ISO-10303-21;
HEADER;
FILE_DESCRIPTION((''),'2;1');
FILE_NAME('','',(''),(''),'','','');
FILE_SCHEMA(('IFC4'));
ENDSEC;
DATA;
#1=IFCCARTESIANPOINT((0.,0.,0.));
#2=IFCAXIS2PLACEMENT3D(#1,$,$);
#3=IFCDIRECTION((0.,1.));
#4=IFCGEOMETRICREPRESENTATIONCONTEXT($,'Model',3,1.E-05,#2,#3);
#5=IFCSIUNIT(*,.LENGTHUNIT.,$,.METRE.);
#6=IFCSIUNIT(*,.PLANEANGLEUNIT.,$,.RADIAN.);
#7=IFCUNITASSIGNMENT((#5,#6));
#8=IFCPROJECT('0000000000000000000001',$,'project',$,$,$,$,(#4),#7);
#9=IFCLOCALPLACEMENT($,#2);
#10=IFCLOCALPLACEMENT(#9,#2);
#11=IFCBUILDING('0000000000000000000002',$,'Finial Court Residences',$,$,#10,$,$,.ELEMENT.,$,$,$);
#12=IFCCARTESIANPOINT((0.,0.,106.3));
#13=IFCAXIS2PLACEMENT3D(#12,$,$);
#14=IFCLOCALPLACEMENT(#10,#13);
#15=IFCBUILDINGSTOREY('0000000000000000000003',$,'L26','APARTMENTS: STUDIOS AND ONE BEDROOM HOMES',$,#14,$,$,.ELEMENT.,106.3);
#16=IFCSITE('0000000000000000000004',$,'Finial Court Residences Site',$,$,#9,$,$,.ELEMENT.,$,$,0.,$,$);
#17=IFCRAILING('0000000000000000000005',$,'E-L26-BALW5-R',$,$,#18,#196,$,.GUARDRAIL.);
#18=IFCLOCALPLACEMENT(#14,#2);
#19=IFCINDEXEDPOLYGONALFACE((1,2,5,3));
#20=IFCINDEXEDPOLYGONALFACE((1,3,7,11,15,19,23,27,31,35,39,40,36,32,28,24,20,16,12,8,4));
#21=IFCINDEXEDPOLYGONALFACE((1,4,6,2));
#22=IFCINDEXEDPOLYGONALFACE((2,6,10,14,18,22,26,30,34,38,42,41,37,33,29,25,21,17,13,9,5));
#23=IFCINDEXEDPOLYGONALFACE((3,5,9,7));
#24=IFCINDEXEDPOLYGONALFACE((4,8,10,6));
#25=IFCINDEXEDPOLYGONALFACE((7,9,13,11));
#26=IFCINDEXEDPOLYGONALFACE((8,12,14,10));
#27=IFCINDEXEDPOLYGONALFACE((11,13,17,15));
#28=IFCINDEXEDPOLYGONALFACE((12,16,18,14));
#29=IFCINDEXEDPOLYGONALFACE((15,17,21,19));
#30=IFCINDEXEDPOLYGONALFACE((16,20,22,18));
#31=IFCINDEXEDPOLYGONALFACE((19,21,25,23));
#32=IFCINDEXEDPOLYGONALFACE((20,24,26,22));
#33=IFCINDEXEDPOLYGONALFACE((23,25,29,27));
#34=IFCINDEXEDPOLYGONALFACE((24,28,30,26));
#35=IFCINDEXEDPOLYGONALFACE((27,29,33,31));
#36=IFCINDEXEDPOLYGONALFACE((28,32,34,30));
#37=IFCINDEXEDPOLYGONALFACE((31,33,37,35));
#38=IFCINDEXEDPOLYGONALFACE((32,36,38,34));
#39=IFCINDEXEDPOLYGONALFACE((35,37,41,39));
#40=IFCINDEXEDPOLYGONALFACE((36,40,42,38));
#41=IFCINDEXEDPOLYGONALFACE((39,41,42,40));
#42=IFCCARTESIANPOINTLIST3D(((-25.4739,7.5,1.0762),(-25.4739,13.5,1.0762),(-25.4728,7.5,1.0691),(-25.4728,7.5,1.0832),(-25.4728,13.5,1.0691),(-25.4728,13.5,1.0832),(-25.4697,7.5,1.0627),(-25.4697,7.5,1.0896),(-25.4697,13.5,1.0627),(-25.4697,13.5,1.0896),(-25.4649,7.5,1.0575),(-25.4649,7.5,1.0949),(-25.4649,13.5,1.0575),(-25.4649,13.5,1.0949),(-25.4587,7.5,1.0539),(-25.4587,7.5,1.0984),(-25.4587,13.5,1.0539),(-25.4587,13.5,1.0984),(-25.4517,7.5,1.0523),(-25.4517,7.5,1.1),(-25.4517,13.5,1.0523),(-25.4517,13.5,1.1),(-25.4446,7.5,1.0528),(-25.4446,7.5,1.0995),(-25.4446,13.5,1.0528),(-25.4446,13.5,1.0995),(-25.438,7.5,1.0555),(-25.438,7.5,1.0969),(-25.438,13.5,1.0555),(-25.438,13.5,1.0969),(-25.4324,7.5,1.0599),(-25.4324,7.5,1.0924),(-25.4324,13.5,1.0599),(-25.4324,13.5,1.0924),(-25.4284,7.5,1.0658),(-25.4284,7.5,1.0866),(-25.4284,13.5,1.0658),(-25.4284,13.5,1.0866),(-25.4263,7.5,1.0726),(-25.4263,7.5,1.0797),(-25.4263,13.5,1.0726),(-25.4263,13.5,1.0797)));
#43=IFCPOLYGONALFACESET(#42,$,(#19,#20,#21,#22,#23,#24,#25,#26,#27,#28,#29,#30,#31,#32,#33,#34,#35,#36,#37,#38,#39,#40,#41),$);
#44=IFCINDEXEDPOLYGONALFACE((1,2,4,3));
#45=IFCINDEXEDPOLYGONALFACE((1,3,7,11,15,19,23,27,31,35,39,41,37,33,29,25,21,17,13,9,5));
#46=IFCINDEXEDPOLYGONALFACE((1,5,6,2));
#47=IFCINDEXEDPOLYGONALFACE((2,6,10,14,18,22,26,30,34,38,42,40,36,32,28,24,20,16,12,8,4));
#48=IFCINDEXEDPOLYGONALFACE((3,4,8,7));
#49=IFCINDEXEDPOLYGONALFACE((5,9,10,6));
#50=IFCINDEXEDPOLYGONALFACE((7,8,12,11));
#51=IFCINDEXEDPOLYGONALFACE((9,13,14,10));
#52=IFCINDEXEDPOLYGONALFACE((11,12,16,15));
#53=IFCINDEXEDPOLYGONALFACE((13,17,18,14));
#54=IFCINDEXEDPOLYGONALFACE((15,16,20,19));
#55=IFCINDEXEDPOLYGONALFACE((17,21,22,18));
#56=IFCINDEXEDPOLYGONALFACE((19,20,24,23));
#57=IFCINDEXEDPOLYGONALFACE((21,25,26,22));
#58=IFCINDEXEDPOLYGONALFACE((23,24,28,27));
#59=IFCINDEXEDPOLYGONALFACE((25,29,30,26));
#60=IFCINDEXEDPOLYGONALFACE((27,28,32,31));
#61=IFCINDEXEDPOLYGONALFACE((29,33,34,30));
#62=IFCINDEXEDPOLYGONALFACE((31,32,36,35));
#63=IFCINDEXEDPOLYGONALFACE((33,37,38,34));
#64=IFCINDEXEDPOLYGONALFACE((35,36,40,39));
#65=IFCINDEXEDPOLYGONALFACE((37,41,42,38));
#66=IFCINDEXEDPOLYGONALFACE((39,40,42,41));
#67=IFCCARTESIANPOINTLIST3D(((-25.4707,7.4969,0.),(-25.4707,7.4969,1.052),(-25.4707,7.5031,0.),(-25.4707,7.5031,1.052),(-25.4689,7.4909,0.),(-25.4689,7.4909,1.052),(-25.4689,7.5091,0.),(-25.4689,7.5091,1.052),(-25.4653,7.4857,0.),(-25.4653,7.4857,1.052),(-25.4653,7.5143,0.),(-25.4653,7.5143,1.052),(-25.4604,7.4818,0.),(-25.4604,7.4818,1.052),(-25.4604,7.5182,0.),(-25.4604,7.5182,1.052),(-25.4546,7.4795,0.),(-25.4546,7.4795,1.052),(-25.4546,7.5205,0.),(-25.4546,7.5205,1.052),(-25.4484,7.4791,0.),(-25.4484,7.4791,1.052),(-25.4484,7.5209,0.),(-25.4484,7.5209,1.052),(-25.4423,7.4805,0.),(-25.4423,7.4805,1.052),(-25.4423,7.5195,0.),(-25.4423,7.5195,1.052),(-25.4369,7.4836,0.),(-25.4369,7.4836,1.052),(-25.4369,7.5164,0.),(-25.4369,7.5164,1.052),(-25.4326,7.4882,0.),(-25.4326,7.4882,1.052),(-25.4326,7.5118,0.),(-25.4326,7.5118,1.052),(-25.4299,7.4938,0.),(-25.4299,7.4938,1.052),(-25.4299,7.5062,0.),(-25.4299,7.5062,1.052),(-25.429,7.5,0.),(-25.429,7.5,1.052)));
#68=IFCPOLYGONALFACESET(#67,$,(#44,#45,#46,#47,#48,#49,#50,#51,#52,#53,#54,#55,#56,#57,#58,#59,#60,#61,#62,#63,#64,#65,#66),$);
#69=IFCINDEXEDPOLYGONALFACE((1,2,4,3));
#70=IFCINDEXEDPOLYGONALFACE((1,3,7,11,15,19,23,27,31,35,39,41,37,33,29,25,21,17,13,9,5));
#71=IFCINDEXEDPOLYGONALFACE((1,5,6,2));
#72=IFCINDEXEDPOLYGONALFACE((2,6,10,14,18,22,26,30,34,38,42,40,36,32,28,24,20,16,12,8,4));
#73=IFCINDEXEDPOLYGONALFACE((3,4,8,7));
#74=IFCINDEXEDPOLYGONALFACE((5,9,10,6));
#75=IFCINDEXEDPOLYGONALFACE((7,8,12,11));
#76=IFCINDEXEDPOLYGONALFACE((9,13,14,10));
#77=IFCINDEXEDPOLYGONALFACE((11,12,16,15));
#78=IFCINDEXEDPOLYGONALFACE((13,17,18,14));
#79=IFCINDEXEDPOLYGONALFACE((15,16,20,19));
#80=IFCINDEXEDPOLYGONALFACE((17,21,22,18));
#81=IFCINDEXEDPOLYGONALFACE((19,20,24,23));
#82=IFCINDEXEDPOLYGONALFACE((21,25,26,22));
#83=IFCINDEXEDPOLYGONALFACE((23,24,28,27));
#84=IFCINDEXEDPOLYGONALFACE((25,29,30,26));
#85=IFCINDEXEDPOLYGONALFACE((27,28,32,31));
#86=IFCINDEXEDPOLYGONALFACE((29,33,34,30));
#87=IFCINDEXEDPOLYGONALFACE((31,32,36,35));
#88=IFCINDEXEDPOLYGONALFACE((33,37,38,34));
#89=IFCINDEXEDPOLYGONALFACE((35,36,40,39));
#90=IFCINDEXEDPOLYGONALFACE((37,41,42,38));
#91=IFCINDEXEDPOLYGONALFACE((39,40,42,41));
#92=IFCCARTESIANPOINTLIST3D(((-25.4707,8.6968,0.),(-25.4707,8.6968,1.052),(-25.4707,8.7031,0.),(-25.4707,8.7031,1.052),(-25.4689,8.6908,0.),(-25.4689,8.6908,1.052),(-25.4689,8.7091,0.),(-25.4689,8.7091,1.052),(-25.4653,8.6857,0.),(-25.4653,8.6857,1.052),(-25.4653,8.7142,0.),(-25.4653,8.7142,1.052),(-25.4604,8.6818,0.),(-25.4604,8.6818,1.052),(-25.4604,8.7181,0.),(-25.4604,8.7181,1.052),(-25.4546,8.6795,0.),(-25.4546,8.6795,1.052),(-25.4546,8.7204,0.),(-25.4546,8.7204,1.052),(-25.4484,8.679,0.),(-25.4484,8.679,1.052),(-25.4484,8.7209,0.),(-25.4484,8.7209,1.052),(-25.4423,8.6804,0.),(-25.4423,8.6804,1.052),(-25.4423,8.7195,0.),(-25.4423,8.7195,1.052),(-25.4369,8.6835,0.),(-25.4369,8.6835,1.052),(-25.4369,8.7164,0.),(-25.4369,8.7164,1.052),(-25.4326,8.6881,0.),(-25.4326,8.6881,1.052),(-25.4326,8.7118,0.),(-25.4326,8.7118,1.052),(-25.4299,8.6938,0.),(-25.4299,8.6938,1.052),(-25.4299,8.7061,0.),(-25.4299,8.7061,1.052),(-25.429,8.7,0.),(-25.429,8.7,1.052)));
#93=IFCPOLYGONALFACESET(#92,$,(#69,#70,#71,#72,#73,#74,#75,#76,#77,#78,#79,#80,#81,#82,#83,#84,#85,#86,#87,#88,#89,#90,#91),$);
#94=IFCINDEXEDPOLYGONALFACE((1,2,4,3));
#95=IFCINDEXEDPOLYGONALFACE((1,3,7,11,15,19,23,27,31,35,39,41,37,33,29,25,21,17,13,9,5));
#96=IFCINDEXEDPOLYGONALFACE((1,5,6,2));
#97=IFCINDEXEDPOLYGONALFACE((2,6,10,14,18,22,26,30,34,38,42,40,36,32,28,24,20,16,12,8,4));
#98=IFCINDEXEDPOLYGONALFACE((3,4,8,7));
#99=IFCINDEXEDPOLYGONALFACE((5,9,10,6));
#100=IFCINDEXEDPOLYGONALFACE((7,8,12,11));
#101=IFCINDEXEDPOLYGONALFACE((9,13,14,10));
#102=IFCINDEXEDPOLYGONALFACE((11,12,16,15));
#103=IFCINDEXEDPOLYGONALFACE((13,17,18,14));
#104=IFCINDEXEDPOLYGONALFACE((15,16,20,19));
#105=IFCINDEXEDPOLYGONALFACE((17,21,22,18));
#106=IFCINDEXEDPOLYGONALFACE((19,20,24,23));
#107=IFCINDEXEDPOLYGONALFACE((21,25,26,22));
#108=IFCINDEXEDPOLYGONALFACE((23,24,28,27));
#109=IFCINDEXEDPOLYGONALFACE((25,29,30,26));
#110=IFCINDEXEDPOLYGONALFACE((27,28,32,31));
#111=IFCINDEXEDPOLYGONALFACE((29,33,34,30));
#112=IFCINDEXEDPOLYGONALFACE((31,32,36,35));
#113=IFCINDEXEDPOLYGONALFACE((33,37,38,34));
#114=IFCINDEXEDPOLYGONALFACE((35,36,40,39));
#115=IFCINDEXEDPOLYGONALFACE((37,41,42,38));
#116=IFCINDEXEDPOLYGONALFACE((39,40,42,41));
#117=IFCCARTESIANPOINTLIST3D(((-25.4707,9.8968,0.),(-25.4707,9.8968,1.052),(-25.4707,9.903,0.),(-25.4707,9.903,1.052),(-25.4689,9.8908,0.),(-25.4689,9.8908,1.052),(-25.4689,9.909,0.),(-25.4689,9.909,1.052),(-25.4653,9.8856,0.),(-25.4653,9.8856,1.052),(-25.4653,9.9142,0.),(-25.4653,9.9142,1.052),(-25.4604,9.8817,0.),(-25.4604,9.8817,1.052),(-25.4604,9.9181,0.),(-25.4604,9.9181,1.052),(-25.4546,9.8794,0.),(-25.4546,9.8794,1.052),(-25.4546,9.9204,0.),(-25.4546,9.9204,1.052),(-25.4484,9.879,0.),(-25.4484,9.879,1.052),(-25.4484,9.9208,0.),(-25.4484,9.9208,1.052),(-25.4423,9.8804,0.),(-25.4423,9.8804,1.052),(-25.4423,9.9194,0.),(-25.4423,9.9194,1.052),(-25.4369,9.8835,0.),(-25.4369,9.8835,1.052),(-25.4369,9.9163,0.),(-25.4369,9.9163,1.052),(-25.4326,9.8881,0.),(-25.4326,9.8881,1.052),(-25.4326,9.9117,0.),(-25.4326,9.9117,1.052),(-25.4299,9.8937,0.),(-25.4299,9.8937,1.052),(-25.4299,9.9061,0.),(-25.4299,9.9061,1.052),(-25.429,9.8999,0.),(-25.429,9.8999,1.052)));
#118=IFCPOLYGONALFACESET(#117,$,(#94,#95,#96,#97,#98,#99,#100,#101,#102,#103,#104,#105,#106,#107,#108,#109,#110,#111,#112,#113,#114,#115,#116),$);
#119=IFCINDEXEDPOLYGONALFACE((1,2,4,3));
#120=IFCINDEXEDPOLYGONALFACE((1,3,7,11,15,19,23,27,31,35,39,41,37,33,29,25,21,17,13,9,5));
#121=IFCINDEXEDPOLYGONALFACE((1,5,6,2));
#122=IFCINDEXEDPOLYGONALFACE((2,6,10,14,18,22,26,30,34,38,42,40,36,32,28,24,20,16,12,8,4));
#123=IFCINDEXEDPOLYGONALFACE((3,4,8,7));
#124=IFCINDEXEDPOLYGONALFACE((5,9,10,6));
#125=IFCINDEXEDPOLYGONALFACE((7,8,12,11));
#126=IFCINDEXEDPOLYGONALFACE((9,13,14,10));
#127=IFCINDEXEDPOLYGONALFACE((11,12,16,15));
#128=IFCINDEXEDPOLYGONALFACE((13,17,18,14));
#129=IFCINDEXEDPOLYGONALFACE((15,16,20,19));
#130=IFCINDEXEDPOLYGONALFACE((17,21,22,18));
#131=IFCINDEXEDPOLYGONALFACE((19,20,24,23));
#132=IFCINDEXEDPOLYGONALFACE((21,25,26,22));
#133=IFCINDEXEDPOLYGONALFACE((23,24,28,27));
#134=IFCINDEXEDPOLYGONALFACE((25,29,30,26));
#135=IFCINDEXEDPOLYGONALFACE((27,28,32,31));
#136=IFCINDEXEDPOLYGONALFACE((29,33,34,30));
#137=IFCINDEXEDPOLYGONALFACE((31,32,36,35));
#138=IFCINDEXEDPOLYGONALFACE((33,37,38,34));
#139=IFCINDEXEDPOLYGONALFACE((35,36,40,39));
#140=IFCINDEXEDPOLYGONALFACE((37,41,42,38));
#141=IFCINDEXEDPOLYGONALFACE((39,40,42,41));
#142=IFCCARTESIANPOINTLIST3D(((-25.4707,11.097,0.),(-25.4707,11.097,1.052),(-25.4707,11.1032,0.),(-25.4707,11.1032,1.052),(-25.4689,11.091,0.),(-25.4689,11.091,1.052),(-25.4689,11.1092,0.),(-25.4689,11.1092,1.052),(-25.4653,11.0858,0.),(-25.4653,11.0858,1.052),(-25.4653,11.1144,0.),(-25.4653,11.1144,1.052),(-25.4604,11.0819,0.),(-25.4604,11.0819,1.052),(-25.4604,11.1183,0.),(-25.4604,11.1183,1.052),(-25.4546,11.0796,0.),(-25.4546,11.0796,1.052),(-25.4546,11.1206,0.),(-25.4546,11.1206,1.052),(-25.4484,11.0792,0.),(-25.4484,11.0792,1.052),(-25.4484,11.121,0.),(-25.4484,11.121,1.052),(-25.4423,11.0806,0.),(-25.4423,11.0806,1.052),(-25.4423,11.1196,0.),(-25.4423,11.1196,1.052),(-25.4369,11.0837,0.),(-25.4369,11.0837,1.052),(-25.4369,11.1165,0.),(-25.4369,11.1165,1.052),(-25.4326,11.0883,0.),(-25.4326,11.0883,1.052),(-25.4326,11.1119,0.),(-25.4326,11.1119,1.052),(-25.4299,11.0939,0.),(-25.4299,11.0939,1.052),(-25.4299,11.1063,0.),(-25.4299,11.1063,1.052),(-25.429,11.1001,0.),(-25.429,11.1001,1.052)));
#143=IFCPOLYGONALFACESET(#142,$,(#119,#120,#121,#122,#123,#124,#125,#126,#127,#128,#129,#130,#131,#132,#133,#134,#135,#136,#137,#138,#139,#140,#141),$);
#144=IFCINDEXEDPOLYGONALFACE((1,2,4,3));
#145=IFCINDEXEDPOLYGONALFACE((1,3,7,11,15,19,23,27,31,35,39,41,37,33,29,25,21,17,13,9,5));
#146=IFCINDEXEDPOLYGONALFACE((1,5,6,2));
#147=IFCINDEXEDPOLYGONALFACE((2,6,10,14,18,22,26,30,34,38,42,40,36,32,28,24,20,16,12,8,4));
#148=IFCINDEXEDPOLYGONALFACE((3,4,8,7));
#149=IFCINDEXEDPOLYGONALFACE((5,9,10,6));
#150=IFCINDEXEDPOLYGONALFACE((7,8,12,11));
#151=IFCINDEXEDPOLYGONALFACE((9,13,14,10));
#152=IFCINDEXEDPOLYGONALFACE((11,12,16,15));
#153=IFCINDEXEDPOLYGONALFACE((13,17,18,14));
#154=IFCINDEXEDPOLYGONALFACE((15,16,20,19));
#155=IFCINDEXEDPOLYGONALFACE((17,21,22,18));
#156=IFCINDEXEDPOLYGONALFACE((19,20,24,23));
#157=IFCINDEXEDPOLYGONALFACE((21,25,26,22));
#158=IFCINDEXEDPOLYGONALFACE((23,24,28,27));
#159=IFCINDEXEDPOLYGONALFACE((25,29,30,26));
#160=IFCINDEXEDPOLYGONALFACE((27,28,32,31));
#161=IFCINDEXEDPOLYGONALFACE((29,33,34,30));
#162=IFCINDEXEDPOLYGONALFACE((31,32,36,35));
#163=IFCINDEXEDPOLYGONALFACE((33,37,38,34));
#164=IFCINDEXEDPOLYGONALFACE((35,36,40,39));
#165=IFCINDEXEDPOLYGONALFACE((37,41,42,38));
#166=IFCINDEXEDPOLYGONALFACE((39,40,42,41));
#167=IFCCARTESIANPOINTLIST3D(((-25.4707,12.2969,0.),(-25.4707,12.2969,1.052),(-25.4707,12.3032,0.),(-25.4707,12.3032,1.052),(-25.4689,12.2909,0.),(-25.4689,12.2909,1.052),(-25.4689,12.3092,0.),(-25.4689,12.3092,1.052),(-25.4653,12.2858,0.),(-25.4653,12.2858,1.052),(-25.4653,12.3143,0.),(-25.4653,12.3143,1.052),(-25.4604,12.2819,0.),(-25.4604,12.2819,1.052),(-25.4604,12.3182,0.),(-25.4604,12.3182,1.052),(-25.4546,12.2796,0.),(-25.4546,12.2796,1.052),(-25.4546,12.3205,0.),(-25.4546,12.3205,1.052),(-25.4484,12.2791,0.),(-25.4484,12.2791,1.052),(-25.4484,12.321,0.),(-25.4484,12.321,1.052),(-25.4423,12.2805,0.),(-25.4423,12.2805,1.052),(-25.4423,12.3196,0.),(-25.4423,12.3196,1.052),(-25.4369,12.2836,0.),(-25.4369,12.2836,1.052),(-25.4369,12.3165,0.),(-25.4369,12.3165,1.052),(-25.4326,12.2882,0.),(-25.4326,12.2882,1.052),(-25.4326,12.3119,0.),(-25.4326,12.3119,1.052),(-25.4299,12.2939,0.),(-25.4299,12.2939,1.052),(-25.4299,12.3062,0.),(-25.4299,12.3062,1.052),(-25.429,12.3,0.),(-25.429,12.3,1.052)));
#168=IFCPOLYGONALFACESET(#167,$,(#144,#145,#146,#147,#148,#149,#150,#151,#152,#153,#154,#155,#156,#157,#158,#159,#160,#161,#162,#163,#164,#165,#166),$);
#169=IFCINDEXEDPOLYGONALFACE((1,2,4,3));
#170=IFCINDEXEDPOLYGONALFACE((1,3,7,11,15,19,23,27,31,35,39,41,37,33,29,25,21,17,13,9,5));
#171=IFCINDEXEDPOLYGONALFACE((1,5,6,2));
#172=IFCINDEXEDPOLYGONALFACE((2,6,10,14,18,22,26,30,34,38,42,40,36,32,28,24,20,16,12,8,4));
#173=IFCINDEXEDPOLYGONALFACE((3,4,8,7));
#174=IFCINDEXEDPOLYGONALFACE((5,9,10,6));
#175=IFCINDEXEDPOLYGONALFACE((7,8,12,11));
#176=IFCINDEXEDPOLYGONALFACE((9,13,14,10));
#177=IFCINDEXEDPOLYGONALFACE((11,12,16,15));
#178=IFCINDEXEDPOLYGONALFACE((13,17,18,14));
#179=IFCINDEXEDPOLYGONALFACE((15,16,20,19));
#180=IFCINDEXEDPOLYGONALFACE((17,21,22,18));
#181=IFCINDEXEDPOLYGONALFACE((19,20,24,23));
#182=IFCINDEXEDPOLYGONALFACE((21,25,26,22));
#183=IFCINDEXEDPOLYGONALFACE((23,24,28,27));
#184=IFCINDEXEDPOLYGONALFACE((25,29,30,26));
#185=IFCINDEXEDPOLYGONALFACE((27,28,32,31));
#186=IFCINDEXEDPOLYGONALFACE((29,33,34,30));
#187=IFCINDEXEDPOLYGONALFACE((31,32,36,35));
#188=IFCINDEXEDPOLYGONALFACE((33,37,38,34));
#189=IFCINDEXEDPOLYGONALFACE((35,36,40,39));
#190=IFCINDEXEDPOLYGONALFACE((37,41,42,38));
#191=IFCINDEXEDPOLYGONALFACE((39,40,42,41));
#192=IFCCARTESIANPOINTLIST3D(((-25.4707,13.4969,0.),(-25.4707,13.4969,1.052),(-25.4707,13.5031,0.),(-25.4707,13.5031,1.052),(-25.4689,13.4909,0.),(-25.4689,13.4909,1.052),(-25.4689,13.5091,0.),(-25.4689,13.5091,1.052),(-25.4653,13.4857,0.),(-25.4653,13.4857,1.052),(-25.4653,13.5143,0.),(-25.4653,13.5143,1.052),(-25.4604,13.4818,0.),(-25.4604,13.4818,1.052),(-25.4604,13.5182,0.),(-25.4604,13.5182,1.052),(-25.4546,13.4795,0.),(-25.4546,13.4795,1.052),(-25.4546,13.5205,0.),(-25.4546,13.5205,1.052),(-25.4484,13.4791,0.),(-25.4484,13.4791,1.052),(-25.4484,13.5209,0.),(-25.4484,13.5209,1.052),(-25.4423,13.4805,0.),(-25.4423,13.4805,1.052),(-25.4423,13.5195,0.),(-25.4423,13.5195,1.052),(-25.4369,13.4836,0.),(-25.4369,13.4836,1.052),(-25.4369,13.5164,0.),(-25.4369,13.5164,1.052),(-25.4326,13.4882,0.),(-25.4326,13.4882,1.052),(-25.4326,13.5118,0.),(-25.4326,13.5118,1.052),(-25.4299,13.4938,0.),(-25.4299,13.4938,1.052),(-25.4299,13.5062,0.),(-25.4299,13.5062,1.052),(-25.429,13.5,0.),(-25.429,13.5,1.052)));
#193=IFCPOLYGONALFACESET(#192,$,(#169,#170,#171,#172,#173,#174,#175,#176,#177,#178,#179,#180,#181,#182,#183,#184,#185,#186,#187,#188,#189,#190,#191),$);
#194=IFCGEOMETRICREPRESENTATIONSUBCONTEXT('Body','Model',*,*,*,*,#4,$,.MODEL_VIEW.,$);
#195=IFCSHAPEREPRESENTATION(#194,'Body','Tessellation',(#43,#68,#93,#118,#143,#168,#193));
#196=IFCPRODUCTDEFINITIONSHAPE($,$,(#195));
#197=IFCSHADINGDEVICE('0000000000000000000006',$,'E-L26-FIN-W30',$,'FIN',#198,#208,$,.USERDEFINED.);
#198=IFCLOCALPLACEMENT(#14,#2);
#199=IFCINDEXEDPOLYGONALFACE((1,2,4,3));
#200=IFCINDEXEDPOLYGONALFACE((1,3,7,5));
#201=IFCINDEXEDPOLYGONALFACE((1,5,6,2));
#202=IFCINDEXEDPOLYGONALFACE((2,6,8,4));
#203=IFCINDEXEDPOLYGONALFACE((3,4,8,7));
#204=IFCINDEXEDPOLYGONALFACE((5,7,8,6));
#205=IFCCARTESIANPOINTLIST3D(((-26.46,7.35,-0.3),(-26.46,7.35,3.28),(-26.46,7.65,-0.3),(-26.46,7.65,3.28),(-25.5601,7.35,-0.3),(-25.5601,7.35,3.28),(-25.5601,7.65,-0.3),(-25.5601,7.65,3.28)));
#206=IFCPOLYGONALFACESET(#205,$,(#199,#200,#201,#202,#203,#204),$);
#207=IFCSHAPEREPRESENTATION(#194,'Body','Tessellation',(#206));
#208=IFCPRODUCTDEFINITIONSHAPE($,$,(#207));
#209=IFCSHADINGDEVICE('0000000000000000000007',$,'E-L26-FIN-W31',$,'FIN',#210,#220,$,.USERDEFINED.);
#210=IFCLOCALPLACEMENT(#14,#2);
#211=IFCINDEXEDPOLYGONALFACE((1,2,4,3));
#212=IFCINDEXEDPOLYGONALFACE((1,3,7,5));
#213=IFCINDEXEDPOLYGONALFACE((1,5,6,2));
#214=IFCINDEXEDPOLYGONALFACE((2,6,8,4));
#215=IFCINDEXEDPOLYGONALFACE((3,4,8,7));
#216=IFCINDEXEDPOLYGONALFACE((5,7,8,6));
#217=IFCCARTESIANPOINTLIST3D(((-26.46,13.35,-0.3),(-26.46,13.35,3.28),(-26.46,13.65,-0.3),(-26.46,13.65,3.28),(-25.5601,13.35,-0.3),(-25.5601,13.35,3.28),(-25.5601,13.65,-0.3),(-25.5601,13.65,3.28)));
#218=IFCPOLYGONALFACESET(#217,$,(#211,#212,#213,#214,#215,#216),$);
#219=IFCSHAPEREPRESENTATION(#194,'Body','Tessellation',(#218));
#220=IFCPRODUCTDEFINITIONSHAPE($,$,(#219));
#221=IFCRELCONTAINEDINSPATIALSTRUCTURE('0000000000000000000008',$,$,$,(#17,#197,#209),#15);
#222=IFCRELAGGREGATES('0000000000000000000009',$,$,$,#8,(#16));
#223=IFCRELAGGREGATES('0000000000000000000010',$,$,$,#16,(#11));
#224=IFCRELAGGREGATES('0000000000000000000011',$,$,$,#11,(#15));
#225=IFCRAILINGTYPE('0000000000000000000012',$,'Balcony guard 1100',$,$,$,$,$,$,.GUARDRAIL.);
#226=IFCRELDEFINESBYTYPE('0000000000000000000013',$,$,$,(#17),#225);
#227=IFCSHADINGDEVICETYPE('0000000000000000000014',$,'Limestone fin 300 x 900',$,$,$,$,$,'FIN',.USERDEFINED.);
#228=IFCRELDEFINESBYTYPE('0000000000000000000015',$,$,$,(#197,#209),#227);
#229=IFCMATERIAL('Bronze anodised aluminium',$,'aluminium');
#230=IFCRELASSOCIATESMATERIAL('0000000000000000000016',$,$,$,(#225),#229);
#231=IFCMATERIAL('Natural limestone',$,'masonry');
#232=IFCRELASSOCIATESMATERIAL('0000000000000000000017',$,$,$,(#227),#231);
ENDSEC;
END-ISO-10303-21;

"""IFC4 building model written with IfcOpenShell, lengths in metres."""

from ifc_helpers import new_model, si_unit, direction, frame, origin, origin_2d, place, context, subcontext, project, spatial, rectangle, circle, extrude, material, type_object, element, save


model = new_model("IFC4")

# Units and contexts
model_context = context("Model", 3, precision=1e-05, world=origin(), true_north=direction((0.0, 1.0)))
body_context = subcontext(model_context, "Body", "Model", "MODEL_VIEW")
ifc_project = project(units=[si_unit("LENGTHUNIT", "METRE"), si_unit("PLANEANGLEUNIT", "RADIAN")], contexts=[model_context])

# Site, building, storey
site_placement = place(None, origin())
site = spatial("IfcSite", under=ifc_project, at=site_placement, Name="Finial Court Residences Site", CompositionType="ELEMENT", RefElevation=0.0)
building_placement = place(site_placement, origin())
building = spatial("IfcBuilding", under=site, at=building_placement, Name="Finial Court Residences", CompositionType="ELEMENT")
storey_placement = place(building_placement, frame((0.0, 0.0, 106.3)))
storey = spatial("IfcBuildingStorey", under=building, at=storey_placement, Name="L26", Description="APARTMENTS: STUDIOS AND ONE BEDROOM HOMES", CompositionType="ELEMENT", Elevation=106.3)

# Shared definitions
ifc_material_1 = material(Name="Bronze anodised aluminium", Category="aluminium")

# Shared definitions
ifc_material_2 = material(Name="Natural limestone", Category="masonry")

# Railing
railing_type = type_object("IfcRailingType", Name="Balcony guard 1100", PredefinedType="GUARDRAIL", material=ifc_material_1)
railing_placement = place(storey_placement, frame((-25.45, 7.5, 0.0)))
element("IfcRailing", 1, at=railing_placement, inside=storey, type_object=railing_type, Name="E-L26-BALW5-R", PredefinedType="GUARDRAIL", context=body_context, shape_type="SweptSolid", body=[
    extrude(circle(Radius=0.0239, at=origin_2d()), frame((0.0, 0.0, 1.0762), z_axis=(0.0, 1.0, 0.0), x_axis=(-1.0, 0.0, 0.0)), (0.0, 0.0, 1.0), 6.0),
    extrude(circle(Radius=0.021, at=origin_2d()), origin(), (0.0, 0.0, 1.0), 1.052),
    extrude(circle(Radius=0.021, at=origin_2d()), frame((0.0, 1.2, 0.0)), (0.0, 0.0, 1.0), 1.052),
    extrude(circle(Radius=0.021, at=origin_2d()), frame((0.0, 2.3999, 0.0)), (0.0, 0.0, 1.0), 1.052),
    extrude(circle(Radius=0.021, at=origin_2d()), frame((0.0, 3.6001, 0.0)), (0.0, 0.0, 1.0), 1.052),
    extrude(circle(Radius=0.021, at=origin_2d()), frame((0.0, 4.8, 0.0)), (0.0, 0.0, 1.0), 1.052),
    extrude(circle(Radius=0.021, at=origin_2d()), frame((0.0, 6.0, 0.0)), (0.0, 0.0, 1.0), 1.052),
])

# Shading devices
shading_device_type = type_object("IfcShadingDeviceType", Name="Limestone fin 300 x 900", ElementType="FIN", PredefinedType="USERDEFINED", material=ifc_material_2)
for number, where, z_axis, x_axis, name in (
    (2, (-26.01, 7.5, -0.3), (0.0, 0.0, 1.0), (1.0, 0.0, 0.0), "E-L26-FIN-W30"),
    (3, (-26.01, 13.5, -0.3), (0.0, 0.0, 1.0), (1.0, 0.0, 0.0), "E-L26-FIN-W31"),
):
    element("IfcShadingDevice", number, at=place(storey_placement, frame(where, z_axis=z_axis, x_axis=x_axis)), inside=storey, type_object=shading_device_type, Name=name, ObjectType="FIN", PredefinedType="USERDEFINED", context=body_context, shape_type="SweptSolid", body=[
        extrude(rectangle(XDim=0.8999, YDim=0.3, at=origin_2d()), origin(), (0.0, 0.0, 1.0), 3.5801),
    ])

save(model, "model.ifc")
